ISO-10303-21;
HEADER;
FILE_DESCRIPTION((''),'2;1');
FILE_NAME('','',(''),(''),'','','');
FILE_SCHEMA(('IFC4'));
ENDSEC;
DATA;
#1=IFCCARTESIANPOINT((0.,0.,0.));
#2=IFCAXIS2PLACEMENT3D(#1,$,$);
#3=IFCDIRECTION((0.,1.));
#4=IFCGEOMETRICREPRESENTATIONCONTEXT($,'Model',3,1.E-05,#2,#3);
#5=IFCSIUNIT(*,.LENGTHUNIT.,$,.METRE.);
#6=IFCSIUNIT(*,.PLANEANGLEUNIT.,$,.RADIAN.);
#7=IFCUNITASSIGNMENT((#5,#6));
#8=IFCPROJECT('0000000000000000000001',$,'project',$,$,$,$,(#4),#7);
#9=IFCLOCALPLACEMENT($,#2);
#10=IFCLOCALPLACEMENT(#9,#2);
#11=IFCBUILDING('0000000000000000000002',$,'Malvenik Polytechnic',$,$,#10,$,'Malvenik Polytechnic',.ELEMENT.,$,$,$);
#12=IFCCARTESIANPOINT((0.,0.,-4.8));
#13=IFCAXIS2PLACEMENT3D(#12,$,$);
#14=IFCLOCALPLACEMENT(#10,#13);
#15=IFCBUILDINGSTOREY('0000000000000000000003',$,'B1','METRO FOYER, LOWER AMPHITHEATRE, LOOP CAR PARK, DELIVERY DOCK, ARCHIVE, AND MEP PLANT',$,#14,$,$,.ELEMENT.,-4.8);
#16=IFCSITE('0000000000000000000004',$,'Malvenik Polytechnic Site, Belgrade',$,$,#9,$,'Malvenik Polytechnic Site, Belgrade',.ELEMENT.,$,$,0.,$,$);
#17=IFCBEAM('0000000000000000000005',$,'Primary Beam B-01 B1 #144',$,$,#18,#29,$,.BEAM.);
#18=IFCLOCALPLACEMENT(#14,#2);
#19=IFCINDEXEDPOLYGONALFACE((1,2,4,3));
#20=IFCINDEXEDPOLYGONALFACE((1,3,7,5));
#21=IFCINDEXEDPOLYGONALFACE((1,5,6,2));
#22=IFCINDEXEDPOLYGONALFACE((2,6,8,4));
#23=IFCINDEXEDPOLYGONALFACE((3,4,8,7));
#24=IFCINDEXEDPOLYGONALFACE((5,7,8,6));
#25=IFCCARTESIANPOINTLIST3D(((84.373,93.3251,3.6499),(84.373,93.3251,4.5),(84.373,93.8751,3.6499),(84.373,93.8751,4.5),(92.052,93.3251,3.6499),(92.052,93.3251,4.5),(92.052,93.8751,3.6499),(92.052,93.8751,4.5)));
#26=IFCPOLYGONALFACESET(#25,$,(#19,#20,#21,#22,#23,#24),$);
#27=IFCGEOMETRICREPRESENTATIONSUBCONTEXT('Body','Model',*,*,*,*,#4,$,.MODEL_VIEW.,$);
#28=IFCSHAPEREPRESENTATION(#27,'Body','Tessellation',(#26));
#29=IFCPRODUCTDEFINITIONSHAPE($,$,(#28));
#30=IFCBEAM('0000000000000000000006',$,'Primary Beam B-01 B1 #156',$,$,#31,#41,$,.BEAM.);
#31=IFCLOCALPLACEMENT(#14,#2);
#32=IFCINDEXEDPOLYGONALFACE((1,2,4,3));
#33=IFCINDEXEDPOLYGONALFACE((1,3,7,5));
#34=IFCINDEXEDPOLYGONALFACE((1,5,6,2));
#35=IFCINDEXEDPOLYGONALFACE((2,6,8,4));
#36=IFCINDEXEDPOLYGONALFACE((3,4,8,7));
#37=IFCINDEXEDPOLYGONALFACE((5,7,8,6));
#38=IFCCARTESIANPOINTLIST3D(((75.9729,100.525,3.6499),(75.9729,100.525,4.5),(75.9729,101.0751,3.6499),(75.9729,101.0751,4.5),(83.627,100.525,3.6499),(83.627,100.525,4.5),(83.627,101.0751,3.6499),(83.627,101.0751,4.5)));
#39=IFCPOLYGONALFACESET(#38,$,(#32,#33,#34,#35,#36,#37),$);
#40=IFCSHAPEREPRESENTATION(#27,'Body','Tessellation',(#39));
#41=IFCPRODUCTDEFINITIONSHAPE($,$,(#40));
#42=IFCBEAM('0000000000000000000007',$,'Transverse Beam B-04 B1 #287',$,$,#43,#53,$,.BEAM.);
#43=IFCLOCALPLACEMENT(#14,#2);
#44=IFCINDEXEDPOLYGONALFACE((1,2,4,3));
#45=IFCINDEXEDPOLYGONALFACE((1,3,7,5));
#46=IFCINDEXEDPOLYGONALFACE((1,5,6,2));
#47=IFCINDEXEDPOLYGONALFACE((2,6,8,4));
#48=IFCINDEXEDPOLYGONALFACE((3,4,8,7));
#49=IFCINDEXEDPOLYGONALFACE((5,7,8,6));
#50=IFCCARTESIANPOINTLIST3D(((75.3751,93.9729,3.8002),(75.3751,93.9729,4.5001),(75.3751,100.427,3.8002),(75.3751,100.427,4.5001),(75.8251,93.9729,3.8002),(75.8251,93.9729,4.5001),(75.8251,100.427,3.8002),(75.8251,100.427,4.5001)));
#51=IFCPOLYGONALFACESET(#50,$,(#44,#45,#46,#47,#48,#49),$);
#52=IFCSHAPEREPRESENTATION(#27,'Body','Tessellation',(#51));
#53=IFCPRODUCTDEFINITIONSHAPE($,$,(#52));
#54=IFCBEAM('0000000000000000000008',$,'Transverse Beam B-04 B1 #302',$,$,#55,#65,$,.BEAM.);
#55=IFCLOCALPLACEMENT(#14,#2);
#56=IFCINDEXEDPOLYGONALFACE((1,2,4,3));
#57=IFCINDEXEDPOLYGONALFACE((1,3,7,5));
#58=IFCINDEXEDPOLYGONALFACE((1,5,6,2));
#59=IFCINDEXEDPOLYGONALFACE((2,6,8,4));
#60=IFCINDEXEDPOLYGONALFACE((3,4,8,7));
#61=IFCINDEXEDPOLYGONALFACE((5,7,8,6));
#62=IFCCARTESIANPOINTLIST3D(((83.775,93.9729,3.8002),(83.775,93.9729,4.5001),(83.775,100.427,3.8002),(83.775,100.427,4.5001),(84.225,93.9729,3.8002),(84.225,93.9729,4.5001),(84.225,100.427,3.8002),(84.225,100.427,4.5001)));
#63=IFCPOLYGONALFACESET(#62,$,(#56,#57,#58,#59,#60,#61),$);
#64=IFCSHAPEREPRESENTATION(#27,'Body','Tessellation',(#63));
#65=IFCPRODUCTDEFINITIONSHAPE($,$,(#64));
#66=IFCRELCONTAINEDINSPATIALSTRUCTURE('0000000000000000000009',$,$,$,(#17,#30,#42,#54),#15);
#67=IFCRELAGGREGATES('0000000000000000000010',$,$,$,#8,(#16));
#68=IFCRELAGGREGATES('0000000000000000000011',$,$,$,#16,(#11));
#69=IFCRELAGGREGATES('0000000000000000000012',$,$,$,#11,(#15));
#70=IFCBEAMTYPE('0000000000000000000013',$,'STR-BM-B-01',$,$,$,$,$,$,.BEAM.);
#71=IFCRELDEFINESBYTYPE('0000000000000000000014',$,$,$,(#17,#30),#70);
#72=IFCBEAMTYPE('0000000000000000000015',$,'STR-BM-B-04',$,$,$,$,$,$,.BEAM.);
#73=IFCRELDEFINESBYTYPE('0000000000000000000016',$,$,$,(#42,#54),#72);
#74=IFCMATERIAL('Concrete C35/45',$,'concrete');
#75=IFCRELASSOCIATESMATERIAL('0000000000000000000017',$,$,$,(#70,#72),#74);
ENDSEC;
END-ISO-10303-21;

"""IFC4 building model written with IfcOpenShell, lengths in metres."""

from ifc_helpers import new_model, si_unit, direction, frame, origin, origin_2d, place, context, subcontext, project, spatial, rectangle, extrude, material, material_profile, profile_set, type_object, element, save


model = new_model("IFC4")

# Units and contexts
model_context = context("Model", 3, precision=1e-05, world=origin(), true_north=direction((0.0, 1.0)))
body_context = subcontext(model_context, "Body", "Model", "MODEL_VIEW")
ifc_project = project(units=[si_unit("LENGTHUNIT", "METRE"), si_unit("PLANEANGLEUNIT", "RADIAN")], contexts=[model_context])

# Site, building, storey
site_placement = place(None, origin())
site = spatial("IfcSite", under=ifc_project, at=site_placement, Name="Malvenik Polytechnic Site, Belgrade", LongName="Malvenik Polytechnic Site, Belgrade", CompositionType="ELEMENT", RefElevation=0.0)
building_placement = place(site_placement, origin())
building = spatial("IfcBuilding", under=site, at=building_placement, Name="Malvenik Polytechnic", LongName="Malvenik Polytechnic", CompositionType="ELEMENT")
storey_placement = place(building_placement, frame((0.0, 0.0, -4.8)))
storey = spatial("IfcBuildingStorey", under=building, at=storey_placement, Name="B1", Description="METRO FOYER, LOWER AMPHITHEATRE, LOOP CAR PARK, DELIVERY DOCK, ARCHIVE, AND MEP PLANT", CompositionType="ELEMENT", Elevation=-4.8)

# Shared definitions
ifc_material_1 = material(Name="Concrete C35/45", Category="concrete")

# Beams
ifc_material_profile_1 = material_profile(ifc_material_1, rectangle(XDim=0.55, YDim=0.8501, at=origin_2d()), Name="RC BM 550x850")
ifc_profile_set_1 = profile_set([ifc_material_profile_1], Name="Concrete C35/45")
beam_type_1 = type_object("IfcBeamType", Name="STR-BM-B-01", PredefinedType="BEAM", material=ifc_profile_set_1)
beam_1_placement = place(storey_placement, frame((84.373, 93.6001, 4.075), z_axis=(1.0, 0.0, 0.0), x_axis=(0.0, 1.0, 0.0)))
element("IfcBeam", 1, at=beam_1_placement, inside=storey, type_object=beam_type_1, Name="Primary Beam B-01 B1 #144", PredefinedType="BEAM", context=body_context, shape_type="SweptSolid", body=[
    extrude(rectangle(XDim=0.55, YDim=0.8501, at=origin_2d()), origin(), (0.0, 0.0, 1.0), 7.679),
])
beam_2_placement = place(storey_placement, frame((75.9729, 100.8, 4.075), z_axis=(1.0, 0.0, 0.0), x_axis=(0.0, 1.0, 0.0)))
element("IfcBeam", 2, at=beam_2_placement, inside=storey, type_object=beam_type_1, Name="Primary Beam B-01 B1 #156", PredefinedType="BEAM", context=body_context, shape_type="SweptSolid", body=[
    extrude(rectangle(XDim=0.55, YDim=0.8501, at=origin_2d()), origin(), (0.0, 0.0, 1.0), 7.6541),
])
ifc_material_profile_2 = material_profile(ifc_material_1, rectangle(XDim=0.45, YDim=0.7, at=origin_2d()), Name="RC BM 450x700")
ifc_profile_set_2 = profile_set([ifc_material_profile_2], Name="Concrete C35/45")
beam_type_2 = type_object("IfcBeamType", Name="STR-BM-B-04", PredefinedType="BEAM", material=ifc_profile_set_2)
for number, where, z_axis, x_axis, name in (
    (3, (75.6001, 93.9729, 4.1501), (0.0, 1.0, 0.0), (-1.0, 0.0, 0.0), "Transverse Beam B-04 B1 #287"),
    (4, (84.0, 93.9729, 4.1501), (0.0, 1.0, 0.0), (-1.0, 0.0, 0.0), "Transverse Beam B-04 B1 #302"),
):
    element("IfcBeam", number, at=place(storey_placement, frame(where, z_axis=z_axis, x_axis=x_axis)), inside=storey, type_object=beam_type_2, Name=name, PredefinedType="BEAM", context=body_context, shape_type="SweptSolid", body=[
        extrude(rectangle(XDim=0.45, YDim=0.7, at=origin_2d()), origin(), (0.0, 0.0, 1.0), 6.4541),
    ])

save(model, "model.ifc")
